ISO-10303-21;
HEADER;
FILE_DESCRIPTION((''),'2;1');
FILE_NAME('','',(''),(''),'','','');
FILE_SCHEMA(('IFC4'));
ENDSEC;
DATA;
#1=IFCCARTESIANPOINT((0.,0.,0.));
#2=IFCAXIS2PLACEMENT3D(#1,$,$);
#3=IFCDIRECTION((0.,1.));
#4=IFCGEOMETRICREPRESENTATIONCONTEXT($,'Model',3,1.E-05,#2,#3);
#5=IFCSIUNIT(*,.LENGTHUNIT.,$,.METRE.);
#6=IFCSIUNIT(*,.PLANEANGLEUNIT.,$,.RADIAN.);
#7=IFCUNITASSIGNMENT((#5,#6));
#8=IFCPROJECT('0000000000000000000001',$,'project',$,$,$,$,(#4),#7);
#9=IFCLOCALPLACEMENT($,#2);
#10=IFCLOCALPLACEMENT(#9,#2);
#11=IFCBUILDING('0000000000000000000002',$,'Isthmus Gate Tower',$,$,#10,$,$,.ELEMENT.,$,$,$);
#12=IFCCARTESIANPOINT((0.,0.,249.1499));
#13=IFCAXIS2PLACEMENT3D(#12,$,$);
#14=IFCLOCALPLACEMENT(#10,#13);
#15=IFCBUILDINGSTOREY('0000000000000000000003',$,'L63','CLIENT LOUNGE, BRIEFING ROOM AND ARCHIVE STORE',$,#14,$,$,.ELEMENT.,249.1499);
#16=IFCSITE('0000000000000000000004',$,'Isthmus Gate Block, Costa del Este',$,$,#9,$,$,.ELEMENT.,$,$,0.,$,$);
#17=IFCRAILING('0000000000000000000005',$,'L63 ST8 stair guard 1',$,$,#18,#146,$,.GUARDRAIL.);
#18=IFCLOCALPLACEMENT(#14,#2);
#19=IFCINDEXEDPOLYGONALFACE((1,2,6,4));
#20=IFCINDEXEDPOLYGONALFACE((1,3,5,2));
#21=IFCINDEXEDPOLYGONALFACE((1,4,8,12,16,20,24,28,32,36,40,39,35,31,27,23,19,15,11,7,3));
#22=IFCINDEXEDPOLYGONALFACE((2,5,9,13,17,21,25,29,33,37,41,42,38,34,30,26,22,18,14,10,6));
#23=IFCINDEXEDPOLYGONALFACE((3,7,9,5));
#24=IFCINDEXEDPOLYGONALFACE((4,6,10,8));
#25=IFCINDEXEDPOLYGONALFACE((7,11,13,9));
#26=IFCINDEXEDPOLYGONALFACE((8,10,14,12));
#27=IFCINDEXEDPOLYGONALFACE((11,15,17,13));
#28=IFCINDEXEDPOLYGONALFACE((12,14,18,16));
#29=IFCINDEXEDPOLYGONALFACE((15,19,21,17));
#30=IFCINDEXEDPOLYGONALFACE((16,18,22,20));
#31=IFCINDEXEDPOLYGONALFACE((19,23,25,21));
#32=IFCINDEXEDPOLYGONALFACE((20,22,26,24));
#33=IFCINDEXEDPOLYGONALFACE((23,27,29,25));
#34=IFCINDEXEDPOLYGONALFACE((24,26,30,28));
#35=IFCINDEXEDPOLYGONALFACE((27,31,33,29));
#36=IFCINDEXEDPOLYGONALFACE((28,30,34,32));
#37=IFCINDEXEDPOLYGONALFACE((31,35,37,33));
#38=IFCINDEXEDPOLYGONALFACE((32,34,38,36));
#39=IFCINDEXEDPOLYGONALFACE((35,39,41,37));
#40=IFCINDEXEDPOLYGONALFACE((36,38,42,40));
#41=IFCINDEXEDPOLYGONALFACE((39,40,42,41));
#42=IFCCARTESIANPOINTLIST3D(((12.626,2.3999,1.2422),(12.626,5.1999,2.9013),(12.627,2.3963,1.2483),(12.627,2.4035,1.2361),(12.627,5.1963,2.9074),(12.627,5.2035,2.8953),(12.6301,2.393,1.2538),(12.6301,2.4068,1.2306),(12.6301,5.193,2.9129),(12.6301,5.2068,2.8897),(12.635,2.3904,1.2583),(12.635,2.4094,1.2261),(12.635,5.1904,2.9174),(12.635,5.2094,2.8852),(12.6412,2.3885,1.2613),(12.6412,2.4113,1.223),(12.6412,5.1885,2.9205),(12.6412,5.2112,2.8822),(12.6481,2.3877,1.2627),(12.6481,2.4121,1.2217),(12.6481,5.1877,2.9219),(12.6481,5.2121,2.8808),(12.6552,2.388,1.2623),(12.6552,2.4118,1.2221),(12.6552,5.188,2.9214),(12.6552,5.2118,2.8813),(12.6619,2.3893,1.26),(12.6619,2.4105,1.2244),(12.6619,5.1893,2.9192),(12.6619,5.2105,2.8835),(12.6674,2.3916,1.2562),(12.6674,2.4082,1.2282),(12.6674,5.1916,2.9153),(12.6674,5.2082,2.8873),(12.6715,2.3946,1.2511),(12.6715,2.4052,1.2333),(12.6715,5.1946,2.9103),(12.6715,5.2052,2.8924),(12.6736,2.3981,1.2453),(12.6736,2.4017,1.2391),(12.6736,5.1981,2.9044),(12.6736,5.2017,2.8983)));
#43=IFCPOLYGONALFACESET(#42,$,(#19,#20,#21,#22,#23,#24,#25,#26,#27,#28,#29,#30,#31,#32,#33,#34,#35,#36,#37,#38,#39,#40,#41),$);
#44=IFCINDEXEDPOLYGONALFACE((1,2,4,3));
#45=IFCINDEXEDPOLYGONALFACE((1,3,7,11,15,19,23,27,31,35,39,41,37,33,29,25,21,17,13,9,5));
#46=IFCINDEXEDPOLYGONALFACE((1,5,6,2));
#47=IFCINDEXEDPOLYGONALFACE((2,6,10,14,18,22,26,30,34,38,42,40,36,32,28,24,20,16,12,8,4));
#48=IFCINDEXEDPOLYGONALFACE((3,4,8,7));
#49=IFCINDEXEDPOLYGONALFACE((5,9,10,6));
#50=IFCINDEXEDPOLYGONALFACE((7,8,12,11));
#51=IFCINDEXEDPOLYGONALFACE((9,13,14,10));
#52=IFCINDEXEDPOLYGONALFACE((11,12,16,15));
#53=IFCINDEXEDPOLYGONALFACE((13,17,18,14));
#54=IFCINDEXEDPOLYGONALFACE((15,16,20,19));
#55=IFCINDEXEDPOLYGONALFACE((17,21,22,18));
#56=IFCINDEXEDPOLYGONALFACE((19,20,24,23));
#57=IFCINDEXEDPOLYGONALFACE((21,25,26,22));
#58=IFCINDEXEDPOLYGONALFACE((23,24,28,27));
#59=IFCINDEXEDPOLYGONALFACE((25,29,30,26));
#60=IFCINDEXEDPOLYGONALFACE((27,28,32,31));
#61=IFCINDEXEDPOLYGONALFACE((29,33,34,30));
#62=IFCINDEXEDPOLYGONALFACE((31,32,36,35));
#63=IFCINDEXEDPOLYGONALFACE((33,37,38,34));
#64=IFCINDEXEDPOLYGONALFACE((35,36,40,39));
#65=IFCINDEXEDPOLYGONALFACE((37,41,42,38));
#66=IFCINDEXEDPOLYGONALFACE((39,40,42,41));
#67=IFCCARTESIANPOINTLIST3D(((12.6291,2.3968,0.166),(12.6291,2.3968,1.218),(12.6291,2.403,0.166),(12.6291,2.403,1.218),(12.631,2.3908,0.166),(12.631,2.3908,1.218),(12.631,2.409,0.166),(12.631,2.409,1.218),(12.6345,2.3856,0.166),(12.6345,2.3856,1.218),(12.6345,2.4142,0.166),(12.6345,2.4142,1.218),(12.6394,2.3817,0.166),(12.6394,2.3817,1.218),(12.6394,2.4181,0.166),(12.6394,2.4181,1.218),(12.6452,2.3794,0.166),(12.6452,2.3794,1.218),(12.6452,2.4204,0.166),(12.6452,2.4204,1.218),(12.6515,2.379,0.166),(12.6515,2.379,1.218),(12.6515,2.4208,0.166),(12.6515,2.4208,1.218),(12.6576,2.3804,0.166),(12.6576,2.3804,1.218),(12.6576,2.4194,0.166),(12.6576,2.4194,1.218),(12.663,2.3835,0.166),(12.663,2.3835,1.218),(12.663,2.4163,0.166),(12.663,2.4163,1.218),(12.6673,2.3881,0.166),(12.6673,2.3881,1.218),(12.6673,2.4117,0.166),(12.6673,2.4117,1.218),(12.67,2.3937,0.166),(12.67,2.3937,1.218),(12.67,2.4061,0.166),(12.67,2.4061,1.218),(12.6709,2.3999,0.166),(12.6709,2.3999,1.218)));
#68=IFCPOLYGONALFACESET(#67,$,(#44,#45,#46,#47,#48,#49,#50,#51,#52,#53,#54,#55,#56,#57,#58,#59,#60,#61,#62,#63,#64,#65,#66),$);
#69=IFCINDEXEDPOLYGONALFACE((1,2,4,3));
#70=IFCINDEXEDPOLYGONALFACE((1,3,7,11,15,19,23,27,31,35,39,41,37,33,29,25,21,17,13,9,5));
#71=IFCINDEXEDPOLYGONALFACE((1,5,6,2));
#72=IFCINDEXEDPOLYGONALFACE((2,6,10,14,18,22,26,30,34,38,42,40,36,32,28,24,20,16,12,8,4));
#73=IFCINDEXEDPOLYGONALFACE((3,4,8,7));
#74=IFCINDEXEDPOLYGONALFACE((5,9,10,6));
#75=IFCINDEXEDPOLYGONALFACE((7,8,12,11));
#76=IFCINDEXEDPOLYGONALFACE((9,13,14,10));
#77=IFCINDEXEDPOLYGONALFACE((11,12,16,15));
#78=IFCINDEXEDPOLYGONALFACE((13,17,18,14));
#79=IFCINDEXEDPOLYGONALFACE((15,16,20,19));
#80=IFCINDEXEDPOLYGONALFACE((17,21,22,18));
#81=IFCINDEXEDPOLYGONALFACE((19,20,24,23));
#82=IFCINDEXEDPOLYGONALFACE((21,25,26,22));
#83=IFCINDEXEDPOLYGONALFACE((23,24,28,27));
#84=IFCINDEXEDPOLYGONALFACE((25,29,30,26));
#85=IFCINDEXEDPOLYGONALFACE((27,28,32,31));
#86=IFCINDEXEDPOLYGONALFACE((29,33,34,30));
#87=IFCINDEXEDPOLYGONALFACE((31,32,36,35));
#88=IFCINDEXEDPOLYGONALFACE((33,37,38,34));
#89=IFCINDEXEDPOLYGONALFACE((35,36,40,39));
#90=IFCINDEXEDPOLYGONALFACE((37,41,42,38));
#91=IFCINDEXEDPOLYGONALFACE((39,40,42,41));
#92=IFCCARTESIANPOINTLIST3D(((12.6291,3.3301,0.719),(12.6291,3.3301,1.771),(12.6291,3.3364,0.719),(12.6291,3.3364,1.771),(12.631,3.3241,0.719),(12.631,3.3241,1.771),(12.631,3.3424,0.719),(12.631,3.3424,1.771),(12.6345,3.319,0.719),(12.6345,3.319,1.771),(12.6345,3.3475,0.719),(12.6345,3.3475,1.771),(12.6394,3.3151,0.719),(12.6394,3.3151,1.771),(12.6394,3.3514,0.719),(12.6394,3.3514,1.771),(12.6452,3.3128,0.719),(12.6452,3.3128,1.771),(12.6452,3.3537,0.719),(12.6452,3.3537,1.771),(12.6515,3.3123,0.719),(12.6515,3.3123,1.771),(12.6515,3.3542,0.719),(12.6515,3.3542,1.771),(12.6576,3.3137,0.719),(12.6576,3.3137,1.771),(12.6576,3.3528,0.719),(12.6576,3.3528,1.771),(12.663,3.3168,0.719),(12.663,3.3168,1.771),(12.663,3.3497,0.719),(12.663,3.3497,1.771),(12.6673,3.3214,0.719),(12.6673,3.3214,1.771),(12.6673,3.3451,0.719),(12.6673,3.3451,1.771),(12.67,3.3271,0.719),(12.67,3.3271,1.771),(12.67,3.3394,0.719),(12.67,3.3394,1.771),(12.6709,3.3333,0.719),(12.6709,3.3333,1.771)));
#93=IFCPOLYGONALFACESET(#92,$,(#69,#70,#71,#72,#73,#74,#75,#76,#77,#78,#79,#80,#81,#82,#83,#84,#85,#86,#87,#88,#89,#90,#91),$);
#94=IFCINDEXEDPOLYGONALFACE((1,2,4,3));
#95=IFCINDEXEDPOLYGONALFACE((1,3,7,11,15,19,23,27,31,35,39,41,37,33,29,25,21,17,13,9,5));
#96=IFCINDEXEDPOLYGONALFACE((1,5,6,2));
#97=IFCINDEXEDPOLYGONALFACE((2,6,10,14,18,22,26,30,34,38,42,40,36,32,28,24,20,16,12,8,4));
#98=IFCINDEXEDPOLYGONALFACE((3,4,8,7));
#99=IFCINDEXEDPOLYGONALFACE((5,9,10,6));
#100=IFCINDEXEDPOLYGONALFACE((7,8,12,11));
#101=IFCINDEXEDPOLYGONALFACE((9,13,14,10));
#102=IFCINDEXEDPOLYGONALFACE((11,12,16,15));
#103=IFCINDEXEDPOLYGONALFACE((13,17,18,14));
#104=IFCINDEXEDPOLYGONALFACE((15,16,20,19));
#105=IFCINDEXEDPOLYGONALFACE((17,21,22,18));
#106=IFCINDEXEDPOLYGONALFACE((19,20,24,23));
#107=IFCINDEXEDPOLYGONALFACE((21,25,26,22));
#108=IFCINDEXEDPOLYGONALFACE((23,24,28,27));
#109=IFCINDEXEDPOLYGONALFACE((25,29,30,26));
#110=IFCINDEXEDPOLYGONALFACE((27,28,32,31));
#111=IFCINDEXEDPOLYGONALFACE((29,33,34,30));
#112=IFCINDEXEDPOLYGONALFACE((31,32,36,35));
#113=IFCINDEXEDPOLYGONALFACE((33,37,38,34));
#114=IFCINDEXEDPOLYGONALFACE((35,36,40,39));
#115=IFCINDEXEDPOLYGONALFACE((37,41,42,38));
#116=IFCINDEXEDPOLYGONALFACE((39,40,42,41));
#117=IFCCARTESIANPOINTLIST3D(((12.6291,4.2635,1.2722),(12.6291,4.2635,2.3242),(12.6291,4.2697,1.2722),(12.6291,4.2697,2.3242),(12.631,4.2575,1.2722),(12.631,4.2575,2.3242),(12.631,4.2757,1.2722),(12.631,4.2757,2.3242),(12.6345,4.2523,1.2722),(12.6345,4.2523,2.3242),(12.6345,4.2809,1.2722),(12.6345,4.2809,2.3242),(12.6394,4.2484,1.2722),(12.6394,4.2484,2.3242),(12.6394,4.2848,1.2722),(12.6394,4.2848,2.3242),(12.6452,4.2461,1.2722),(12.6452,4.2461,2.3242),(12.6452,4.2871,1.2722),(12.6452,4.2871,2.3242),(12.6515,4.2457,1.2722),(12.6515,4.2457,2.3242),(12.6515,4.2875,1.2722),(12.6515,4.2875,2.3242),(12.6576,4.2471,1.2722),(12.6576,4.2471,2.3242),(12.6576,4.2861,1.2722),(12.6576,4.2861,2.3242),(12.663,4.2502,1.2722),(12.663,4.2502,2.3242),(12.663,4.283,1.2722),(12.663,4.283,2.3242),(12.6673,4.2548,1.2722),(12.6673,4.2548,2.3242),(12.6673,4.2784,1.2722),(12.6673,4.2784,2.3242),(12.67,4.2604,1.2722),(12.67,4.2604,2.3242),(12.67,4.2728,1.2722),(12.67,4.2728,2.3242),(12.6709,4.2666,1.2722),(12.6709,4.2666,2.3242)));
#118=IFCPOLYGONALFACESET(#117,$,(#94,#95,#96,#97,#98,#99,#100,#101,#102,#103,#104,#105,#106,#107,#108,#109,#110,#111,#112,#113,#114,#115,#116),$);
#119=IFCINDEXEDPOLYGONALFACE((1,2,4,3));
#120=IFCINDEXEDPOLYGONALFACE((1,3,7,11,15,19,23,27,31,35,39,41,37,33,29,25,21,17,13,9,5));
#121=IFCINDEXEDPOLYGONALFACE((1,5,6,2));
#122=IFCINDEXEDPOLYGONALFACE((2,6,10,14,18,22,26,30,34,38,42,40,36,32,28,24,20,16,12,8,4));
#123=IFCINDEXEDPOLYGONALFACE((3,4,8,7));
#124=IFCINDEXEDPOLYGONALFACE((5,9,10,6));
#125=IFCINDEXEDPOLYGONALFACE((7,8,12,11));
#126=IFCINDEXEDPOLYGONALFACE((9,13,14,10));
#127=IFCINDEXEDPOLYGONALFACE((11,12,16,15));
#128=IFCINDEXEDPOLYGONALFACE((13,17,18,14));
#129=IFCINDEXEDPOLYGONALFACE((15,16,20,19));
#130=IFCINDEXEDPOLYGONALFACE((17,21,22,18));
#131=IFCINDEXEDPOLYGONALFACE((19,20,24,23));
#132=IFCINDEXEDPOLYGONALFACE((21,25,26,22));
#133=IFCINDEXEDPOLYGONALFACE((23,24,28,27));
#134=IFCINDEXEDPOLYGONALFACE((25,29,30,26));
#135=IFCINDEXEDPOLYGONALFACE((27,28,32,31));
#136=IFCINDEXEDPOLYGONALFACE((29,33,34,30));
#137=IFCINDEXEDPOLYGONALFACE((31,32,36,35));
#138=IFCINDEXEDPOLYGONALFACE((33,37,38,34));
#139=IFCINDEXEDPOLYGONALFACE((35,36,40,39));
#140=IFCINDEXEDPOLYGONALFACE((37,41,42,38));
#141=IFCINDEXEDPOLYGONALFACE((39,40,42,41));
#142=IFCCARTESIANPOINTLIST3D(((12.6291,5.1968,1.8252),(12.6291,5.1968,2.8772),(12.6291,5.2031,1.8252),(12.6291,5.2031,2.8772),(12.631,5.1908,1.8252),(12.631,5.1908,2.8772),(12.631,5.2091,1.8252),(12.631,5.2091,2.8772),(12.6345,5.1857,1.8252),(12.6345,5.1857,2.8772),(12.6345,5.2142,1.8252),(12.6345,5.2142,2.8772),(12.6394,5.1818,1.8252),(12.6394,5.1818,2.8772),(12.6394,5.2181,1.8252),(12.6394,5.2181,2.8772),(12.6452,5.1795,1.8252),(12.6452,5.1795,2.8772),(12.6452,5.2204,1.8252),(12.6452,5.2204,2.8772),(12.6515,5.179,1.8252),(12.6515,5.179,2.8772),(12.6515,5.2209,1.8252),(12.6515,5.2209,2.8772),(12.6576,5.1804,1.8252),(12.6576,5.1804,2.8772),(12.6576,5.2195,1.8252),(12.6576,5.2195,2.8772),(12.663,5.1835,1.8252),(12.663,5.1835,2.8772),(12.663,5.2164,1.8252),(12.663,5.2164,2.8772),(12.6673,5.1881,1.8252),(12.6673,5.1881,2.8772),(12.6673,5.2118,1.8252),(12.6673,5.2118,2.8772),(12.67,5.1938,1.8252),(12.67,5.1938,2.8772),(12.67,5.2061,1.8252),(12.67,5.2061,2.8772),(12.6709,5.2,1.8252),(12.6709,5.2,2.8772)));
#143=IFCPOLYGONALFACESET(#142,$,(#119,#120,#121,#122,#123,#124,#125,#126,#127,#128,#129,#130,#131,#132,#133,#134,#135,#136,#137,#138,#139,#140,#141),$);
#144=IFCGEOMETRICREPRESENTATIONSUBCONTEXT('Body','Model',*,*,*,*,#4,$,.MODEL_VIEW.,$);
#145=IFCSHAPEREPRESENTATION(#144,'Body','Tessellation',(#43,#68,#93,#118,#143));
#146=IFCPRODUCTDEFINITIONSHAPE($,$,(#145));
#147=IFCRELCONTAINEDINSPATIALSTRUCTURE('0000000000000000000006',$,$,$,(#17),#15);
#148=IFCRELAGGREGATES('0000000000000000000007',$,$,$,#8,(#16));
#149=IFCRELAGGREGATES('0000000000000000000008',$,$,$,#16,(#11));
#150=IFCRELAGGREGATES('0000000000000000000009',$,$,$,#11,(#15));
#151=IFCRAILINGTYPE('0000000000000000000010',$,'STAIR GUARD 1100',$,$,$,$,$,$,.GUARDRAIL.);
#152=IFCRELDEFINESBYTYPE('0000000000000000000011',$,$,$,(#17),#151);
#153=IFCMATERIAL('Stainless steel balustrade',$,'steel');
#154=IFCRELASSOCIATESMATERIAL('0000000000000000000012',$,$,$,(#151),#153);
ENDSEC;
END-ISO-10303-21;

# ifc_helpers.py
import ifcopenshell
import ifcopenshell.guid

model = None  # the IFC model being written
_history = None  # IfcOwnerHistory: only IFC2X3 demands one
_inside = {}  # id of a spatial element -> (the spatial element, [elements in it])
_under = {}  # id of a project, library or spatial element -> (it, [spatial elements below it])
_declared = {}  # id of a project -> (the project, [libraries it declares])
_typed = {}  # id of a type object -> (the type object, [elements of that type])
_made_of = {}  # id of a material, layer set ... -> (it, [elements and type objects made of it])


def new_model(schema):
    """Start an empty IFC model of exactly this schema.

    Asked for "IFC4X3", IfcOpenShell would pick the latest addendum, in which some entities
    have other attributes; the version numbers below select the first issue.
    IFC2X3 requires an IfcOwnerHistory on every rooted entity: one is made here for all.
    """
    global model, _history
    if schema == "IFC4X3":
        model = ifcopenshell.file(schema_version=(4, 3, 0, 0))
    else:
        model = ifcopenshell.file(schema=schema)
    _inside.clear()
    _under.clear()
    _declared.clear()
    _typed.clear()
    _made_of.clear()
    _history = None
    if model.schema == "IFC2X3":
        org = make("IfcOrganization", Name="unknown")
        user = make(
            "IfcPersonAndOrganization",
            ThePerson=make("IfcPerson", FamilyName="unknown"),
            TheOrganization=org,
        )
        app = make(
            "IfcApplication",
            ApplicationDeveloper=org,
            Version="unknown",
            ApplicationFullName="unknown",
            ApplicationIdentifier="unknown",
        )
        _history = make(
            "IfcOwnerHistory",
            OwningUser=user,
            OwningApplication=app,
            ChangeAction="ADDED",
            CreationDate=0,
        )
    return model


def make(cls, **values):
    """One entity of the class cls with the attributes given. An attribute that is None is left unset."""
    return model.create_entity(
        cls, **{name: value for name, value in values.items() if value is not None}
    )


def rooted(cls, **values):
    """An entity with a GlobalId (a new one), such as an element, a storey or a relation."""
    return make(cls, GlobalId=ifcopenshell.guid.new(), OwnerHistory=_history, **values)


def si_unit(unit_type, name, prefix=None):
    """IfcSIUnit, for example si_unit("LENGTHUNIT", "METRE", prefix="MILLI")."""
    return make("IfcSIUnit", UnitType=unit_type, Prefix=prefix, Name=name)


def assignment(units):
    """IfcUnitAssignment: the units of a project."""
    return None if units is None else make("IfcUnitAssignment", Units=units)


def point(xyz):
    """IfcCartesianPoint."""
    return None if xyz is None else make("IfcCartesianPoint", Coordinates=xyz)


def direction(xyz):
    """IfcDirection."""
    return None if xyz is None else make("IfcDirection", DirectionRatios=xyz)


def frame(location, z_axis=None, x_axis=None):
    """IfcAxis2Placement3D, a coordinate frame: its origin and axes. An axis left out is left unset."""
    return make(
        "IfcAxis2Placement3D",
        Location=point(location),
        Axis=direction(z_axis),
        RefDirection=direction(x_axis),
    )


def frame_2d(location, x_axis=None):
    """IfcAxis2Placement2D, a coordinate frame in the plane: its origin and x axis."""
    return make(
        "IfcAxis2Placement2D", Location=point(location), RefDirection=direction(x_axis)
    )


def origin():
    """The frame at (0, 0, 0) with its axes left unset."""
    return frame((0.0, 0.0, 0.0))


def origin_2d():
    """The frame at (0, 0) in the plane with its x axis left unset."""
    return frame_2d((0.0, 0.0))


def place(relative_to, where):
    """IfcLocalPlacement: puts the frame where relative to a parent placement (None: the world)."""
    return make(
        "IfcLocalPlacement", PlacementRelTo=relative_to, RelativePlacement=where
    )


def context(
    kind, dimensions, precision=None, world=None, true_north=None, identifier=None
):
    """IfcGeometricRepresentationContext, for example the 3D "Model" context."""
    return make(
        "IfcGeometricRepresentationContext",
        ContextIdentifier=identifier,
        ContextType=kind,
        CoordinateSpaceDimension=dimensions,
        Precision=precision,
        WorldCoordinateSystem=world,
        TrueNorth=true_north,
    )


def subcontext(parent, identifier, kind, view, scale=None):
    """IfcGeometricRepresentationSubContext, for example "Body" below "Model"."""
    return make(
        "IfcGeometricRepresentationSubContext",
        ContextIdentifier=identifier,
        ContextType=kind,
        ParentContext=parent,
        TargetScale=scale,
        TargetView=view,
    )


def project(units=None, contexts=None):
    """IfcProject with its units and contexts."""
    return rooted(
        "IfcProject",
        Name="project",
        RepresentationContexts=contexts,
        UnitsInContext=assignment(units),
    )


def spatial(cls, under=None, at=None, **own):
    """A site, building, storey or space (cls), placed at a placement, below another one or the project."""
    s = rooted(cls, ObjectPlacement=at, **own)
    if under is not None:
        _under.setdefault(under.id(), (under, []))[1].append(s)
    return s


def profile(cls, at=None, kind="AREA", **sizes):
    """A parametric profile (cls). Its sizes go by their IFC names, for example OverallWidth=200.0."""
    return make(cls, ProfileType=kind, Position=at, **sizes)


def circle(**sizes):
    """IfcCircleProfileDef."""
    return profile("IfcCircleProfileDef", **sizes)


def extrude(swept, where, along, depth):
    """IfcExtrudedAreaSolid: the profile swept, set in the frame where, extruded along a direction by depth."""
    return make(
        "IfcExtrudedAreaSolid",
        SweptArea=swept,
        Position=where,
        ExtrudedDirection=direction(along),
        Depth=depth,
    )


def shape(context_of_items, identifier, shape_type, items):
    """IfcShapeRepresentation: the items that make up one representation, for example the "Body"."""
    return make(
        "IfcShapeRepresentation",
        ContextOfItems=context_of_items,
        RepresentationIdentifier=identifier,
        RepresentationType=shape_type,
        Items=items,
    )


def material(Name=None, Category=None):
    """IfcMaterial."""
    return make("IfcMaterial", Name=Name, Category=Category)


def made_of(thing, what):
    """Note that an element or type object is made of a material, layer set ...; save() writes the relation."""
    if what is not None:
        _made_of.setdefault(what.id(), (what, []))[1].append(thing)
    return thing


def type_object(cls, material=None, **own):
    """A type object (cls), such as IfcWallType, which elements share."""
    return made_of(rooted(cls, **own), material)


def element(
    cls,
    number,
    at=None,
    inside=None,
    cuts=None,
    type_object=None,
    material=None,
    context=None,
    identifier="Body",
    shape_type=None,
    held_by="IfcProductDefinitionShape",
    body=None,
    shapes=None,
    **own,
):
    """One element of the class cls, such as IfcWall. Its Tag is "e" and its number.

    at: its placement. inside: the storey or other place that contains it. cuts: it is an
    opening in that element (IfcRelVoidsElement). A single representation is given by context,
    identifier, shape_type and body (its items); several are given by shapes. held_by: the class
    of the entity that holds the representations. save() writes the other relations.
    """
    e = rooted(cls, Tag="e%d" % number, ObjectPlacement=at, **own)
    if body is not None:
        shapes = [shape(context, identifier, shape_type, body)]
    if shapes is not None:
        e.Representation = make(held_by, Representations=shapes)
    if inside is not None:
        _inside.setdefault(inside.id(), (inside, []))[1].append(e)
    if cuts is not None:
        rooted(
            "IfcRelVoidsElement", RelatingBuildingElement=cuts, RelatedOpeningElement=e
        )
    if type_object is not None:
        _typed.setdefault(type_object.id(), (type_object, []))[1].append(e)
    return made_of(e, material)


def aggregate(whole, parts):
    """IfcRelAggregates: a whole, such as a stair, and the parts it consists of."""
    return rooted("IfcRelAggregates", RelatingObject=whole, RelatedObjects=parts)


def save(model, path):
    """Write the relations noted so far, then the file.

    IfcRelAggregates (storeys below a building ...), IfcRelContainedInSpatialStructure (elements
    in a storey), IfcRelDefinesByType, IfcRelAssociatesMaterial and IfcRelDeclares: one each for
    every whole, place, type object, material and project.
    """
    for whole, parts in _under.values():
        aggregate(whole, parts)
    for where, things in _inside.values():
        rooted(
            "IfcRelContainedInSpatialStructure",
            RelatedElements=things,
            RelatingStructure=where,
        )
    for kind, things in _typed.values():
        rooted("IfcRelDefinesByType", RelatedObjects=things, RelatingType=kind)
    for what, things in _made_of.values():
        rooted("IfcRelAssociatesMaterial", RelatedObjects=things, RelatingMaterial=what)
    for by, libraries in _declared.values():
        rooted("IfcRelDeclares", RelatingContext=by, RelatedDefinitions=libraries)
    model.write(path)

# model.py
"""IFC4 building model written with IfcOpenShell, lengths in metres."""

from ifc_helpers import new_model, si_unit, direction, frame, origin, origin_2d, place, context, subcontext, project, spatial, circle, extrude, material, type_object, element, save


model = new_model("IFC4")

# Units and contexts
model_context = context("Model", 3, precision=1e-05, world=origin(), true_north=direction((0.0, 1.0)))
body_context = subcontext(model_context, "Body", "Model", "MODEL_VIEW")
ifc_project = project(units=[si_unit("LENGTHUNIT", "METRE"), si_unit("PLANEANGLEUNIT", "RADIAN")], contexts=[model_context])

# Site, building, storey
site_placement = place(None, origin())
site = spatial("IfcSite", under=ifc_project, at=site_placement, Name="Isthmus Gate Block, Costa del Este", CompositionType="ELEMENT", RefElevation=0.0)
building_placement = place(site_placement, origin())
building = spatial("IfcBuilding", under=site, at=building_placement, Name="Isthmus Gate Tower", CompositionType="ELEMENT")
storey_placement = place(building_placement, frame((0.0, 0.0, 249.1499)))
storey = spatial("IfcBuildingStorey", under=building, at=storey_placement, Name="L63", Description="CLIENT LOUNGE, BRIEFING ROOM AND ARCHIVE STORE", CompositionType="ELEMENT", Elevation=249.1499)

# Railing
ifc_material_1 = material(Name="Stainless steel balustrade", Category="steel")
railing_type_1 = type_object("IfcRailingType", Name="STAIR GUARD 1100", PredefinedType="GUARDRAIL", material=ifc_material_1)
for number, where, name in (
    (1, (12.6499, 2.3999, 0.166), "L63 ST8 stair guard 1"),
):
    element("IfcRailing", number, at=place(storey_placement, frame(where)), inside=storey, type_object=railing_type_1, Name=name, PredefinedType="GUARDRAIL", context=body_context, shape_type="SweptSolid", body=[
        extrude(circle(Radius=0.0239, at=origin_2d()), frame((0.0, 0.0, 1.0762), z_axis=(0.0, 0.860306, 0.509778), x_axis=(-1.0, 0.0, 0.0)), (0.0, 0.0, 1.0), 3.2546),
        extrude(circle(Radius=0.021, at=origin_2d()), origin(), (0.0, 0.0, 1.0), 1.052),
        extrude(circle(Radius=0.021, at=origin_2d()), frame((0.0, 0.9333, 0.553)), (0.0, 0.0, 1.0), 1.052),
        extrude(circle(Radius=0.021, at=origin_2d()), frame((0.0, 1.8667, 1.1062)), (0.0, 0.0, 1.0), 1.052),
        extrude(circle(Radius=0.021, at=origin_2d()), frame((0.0, 2.8, 1.6592)), (0.0, 0.0, 1.0), 1.052),
    ])

save(model, "model.ifc")
